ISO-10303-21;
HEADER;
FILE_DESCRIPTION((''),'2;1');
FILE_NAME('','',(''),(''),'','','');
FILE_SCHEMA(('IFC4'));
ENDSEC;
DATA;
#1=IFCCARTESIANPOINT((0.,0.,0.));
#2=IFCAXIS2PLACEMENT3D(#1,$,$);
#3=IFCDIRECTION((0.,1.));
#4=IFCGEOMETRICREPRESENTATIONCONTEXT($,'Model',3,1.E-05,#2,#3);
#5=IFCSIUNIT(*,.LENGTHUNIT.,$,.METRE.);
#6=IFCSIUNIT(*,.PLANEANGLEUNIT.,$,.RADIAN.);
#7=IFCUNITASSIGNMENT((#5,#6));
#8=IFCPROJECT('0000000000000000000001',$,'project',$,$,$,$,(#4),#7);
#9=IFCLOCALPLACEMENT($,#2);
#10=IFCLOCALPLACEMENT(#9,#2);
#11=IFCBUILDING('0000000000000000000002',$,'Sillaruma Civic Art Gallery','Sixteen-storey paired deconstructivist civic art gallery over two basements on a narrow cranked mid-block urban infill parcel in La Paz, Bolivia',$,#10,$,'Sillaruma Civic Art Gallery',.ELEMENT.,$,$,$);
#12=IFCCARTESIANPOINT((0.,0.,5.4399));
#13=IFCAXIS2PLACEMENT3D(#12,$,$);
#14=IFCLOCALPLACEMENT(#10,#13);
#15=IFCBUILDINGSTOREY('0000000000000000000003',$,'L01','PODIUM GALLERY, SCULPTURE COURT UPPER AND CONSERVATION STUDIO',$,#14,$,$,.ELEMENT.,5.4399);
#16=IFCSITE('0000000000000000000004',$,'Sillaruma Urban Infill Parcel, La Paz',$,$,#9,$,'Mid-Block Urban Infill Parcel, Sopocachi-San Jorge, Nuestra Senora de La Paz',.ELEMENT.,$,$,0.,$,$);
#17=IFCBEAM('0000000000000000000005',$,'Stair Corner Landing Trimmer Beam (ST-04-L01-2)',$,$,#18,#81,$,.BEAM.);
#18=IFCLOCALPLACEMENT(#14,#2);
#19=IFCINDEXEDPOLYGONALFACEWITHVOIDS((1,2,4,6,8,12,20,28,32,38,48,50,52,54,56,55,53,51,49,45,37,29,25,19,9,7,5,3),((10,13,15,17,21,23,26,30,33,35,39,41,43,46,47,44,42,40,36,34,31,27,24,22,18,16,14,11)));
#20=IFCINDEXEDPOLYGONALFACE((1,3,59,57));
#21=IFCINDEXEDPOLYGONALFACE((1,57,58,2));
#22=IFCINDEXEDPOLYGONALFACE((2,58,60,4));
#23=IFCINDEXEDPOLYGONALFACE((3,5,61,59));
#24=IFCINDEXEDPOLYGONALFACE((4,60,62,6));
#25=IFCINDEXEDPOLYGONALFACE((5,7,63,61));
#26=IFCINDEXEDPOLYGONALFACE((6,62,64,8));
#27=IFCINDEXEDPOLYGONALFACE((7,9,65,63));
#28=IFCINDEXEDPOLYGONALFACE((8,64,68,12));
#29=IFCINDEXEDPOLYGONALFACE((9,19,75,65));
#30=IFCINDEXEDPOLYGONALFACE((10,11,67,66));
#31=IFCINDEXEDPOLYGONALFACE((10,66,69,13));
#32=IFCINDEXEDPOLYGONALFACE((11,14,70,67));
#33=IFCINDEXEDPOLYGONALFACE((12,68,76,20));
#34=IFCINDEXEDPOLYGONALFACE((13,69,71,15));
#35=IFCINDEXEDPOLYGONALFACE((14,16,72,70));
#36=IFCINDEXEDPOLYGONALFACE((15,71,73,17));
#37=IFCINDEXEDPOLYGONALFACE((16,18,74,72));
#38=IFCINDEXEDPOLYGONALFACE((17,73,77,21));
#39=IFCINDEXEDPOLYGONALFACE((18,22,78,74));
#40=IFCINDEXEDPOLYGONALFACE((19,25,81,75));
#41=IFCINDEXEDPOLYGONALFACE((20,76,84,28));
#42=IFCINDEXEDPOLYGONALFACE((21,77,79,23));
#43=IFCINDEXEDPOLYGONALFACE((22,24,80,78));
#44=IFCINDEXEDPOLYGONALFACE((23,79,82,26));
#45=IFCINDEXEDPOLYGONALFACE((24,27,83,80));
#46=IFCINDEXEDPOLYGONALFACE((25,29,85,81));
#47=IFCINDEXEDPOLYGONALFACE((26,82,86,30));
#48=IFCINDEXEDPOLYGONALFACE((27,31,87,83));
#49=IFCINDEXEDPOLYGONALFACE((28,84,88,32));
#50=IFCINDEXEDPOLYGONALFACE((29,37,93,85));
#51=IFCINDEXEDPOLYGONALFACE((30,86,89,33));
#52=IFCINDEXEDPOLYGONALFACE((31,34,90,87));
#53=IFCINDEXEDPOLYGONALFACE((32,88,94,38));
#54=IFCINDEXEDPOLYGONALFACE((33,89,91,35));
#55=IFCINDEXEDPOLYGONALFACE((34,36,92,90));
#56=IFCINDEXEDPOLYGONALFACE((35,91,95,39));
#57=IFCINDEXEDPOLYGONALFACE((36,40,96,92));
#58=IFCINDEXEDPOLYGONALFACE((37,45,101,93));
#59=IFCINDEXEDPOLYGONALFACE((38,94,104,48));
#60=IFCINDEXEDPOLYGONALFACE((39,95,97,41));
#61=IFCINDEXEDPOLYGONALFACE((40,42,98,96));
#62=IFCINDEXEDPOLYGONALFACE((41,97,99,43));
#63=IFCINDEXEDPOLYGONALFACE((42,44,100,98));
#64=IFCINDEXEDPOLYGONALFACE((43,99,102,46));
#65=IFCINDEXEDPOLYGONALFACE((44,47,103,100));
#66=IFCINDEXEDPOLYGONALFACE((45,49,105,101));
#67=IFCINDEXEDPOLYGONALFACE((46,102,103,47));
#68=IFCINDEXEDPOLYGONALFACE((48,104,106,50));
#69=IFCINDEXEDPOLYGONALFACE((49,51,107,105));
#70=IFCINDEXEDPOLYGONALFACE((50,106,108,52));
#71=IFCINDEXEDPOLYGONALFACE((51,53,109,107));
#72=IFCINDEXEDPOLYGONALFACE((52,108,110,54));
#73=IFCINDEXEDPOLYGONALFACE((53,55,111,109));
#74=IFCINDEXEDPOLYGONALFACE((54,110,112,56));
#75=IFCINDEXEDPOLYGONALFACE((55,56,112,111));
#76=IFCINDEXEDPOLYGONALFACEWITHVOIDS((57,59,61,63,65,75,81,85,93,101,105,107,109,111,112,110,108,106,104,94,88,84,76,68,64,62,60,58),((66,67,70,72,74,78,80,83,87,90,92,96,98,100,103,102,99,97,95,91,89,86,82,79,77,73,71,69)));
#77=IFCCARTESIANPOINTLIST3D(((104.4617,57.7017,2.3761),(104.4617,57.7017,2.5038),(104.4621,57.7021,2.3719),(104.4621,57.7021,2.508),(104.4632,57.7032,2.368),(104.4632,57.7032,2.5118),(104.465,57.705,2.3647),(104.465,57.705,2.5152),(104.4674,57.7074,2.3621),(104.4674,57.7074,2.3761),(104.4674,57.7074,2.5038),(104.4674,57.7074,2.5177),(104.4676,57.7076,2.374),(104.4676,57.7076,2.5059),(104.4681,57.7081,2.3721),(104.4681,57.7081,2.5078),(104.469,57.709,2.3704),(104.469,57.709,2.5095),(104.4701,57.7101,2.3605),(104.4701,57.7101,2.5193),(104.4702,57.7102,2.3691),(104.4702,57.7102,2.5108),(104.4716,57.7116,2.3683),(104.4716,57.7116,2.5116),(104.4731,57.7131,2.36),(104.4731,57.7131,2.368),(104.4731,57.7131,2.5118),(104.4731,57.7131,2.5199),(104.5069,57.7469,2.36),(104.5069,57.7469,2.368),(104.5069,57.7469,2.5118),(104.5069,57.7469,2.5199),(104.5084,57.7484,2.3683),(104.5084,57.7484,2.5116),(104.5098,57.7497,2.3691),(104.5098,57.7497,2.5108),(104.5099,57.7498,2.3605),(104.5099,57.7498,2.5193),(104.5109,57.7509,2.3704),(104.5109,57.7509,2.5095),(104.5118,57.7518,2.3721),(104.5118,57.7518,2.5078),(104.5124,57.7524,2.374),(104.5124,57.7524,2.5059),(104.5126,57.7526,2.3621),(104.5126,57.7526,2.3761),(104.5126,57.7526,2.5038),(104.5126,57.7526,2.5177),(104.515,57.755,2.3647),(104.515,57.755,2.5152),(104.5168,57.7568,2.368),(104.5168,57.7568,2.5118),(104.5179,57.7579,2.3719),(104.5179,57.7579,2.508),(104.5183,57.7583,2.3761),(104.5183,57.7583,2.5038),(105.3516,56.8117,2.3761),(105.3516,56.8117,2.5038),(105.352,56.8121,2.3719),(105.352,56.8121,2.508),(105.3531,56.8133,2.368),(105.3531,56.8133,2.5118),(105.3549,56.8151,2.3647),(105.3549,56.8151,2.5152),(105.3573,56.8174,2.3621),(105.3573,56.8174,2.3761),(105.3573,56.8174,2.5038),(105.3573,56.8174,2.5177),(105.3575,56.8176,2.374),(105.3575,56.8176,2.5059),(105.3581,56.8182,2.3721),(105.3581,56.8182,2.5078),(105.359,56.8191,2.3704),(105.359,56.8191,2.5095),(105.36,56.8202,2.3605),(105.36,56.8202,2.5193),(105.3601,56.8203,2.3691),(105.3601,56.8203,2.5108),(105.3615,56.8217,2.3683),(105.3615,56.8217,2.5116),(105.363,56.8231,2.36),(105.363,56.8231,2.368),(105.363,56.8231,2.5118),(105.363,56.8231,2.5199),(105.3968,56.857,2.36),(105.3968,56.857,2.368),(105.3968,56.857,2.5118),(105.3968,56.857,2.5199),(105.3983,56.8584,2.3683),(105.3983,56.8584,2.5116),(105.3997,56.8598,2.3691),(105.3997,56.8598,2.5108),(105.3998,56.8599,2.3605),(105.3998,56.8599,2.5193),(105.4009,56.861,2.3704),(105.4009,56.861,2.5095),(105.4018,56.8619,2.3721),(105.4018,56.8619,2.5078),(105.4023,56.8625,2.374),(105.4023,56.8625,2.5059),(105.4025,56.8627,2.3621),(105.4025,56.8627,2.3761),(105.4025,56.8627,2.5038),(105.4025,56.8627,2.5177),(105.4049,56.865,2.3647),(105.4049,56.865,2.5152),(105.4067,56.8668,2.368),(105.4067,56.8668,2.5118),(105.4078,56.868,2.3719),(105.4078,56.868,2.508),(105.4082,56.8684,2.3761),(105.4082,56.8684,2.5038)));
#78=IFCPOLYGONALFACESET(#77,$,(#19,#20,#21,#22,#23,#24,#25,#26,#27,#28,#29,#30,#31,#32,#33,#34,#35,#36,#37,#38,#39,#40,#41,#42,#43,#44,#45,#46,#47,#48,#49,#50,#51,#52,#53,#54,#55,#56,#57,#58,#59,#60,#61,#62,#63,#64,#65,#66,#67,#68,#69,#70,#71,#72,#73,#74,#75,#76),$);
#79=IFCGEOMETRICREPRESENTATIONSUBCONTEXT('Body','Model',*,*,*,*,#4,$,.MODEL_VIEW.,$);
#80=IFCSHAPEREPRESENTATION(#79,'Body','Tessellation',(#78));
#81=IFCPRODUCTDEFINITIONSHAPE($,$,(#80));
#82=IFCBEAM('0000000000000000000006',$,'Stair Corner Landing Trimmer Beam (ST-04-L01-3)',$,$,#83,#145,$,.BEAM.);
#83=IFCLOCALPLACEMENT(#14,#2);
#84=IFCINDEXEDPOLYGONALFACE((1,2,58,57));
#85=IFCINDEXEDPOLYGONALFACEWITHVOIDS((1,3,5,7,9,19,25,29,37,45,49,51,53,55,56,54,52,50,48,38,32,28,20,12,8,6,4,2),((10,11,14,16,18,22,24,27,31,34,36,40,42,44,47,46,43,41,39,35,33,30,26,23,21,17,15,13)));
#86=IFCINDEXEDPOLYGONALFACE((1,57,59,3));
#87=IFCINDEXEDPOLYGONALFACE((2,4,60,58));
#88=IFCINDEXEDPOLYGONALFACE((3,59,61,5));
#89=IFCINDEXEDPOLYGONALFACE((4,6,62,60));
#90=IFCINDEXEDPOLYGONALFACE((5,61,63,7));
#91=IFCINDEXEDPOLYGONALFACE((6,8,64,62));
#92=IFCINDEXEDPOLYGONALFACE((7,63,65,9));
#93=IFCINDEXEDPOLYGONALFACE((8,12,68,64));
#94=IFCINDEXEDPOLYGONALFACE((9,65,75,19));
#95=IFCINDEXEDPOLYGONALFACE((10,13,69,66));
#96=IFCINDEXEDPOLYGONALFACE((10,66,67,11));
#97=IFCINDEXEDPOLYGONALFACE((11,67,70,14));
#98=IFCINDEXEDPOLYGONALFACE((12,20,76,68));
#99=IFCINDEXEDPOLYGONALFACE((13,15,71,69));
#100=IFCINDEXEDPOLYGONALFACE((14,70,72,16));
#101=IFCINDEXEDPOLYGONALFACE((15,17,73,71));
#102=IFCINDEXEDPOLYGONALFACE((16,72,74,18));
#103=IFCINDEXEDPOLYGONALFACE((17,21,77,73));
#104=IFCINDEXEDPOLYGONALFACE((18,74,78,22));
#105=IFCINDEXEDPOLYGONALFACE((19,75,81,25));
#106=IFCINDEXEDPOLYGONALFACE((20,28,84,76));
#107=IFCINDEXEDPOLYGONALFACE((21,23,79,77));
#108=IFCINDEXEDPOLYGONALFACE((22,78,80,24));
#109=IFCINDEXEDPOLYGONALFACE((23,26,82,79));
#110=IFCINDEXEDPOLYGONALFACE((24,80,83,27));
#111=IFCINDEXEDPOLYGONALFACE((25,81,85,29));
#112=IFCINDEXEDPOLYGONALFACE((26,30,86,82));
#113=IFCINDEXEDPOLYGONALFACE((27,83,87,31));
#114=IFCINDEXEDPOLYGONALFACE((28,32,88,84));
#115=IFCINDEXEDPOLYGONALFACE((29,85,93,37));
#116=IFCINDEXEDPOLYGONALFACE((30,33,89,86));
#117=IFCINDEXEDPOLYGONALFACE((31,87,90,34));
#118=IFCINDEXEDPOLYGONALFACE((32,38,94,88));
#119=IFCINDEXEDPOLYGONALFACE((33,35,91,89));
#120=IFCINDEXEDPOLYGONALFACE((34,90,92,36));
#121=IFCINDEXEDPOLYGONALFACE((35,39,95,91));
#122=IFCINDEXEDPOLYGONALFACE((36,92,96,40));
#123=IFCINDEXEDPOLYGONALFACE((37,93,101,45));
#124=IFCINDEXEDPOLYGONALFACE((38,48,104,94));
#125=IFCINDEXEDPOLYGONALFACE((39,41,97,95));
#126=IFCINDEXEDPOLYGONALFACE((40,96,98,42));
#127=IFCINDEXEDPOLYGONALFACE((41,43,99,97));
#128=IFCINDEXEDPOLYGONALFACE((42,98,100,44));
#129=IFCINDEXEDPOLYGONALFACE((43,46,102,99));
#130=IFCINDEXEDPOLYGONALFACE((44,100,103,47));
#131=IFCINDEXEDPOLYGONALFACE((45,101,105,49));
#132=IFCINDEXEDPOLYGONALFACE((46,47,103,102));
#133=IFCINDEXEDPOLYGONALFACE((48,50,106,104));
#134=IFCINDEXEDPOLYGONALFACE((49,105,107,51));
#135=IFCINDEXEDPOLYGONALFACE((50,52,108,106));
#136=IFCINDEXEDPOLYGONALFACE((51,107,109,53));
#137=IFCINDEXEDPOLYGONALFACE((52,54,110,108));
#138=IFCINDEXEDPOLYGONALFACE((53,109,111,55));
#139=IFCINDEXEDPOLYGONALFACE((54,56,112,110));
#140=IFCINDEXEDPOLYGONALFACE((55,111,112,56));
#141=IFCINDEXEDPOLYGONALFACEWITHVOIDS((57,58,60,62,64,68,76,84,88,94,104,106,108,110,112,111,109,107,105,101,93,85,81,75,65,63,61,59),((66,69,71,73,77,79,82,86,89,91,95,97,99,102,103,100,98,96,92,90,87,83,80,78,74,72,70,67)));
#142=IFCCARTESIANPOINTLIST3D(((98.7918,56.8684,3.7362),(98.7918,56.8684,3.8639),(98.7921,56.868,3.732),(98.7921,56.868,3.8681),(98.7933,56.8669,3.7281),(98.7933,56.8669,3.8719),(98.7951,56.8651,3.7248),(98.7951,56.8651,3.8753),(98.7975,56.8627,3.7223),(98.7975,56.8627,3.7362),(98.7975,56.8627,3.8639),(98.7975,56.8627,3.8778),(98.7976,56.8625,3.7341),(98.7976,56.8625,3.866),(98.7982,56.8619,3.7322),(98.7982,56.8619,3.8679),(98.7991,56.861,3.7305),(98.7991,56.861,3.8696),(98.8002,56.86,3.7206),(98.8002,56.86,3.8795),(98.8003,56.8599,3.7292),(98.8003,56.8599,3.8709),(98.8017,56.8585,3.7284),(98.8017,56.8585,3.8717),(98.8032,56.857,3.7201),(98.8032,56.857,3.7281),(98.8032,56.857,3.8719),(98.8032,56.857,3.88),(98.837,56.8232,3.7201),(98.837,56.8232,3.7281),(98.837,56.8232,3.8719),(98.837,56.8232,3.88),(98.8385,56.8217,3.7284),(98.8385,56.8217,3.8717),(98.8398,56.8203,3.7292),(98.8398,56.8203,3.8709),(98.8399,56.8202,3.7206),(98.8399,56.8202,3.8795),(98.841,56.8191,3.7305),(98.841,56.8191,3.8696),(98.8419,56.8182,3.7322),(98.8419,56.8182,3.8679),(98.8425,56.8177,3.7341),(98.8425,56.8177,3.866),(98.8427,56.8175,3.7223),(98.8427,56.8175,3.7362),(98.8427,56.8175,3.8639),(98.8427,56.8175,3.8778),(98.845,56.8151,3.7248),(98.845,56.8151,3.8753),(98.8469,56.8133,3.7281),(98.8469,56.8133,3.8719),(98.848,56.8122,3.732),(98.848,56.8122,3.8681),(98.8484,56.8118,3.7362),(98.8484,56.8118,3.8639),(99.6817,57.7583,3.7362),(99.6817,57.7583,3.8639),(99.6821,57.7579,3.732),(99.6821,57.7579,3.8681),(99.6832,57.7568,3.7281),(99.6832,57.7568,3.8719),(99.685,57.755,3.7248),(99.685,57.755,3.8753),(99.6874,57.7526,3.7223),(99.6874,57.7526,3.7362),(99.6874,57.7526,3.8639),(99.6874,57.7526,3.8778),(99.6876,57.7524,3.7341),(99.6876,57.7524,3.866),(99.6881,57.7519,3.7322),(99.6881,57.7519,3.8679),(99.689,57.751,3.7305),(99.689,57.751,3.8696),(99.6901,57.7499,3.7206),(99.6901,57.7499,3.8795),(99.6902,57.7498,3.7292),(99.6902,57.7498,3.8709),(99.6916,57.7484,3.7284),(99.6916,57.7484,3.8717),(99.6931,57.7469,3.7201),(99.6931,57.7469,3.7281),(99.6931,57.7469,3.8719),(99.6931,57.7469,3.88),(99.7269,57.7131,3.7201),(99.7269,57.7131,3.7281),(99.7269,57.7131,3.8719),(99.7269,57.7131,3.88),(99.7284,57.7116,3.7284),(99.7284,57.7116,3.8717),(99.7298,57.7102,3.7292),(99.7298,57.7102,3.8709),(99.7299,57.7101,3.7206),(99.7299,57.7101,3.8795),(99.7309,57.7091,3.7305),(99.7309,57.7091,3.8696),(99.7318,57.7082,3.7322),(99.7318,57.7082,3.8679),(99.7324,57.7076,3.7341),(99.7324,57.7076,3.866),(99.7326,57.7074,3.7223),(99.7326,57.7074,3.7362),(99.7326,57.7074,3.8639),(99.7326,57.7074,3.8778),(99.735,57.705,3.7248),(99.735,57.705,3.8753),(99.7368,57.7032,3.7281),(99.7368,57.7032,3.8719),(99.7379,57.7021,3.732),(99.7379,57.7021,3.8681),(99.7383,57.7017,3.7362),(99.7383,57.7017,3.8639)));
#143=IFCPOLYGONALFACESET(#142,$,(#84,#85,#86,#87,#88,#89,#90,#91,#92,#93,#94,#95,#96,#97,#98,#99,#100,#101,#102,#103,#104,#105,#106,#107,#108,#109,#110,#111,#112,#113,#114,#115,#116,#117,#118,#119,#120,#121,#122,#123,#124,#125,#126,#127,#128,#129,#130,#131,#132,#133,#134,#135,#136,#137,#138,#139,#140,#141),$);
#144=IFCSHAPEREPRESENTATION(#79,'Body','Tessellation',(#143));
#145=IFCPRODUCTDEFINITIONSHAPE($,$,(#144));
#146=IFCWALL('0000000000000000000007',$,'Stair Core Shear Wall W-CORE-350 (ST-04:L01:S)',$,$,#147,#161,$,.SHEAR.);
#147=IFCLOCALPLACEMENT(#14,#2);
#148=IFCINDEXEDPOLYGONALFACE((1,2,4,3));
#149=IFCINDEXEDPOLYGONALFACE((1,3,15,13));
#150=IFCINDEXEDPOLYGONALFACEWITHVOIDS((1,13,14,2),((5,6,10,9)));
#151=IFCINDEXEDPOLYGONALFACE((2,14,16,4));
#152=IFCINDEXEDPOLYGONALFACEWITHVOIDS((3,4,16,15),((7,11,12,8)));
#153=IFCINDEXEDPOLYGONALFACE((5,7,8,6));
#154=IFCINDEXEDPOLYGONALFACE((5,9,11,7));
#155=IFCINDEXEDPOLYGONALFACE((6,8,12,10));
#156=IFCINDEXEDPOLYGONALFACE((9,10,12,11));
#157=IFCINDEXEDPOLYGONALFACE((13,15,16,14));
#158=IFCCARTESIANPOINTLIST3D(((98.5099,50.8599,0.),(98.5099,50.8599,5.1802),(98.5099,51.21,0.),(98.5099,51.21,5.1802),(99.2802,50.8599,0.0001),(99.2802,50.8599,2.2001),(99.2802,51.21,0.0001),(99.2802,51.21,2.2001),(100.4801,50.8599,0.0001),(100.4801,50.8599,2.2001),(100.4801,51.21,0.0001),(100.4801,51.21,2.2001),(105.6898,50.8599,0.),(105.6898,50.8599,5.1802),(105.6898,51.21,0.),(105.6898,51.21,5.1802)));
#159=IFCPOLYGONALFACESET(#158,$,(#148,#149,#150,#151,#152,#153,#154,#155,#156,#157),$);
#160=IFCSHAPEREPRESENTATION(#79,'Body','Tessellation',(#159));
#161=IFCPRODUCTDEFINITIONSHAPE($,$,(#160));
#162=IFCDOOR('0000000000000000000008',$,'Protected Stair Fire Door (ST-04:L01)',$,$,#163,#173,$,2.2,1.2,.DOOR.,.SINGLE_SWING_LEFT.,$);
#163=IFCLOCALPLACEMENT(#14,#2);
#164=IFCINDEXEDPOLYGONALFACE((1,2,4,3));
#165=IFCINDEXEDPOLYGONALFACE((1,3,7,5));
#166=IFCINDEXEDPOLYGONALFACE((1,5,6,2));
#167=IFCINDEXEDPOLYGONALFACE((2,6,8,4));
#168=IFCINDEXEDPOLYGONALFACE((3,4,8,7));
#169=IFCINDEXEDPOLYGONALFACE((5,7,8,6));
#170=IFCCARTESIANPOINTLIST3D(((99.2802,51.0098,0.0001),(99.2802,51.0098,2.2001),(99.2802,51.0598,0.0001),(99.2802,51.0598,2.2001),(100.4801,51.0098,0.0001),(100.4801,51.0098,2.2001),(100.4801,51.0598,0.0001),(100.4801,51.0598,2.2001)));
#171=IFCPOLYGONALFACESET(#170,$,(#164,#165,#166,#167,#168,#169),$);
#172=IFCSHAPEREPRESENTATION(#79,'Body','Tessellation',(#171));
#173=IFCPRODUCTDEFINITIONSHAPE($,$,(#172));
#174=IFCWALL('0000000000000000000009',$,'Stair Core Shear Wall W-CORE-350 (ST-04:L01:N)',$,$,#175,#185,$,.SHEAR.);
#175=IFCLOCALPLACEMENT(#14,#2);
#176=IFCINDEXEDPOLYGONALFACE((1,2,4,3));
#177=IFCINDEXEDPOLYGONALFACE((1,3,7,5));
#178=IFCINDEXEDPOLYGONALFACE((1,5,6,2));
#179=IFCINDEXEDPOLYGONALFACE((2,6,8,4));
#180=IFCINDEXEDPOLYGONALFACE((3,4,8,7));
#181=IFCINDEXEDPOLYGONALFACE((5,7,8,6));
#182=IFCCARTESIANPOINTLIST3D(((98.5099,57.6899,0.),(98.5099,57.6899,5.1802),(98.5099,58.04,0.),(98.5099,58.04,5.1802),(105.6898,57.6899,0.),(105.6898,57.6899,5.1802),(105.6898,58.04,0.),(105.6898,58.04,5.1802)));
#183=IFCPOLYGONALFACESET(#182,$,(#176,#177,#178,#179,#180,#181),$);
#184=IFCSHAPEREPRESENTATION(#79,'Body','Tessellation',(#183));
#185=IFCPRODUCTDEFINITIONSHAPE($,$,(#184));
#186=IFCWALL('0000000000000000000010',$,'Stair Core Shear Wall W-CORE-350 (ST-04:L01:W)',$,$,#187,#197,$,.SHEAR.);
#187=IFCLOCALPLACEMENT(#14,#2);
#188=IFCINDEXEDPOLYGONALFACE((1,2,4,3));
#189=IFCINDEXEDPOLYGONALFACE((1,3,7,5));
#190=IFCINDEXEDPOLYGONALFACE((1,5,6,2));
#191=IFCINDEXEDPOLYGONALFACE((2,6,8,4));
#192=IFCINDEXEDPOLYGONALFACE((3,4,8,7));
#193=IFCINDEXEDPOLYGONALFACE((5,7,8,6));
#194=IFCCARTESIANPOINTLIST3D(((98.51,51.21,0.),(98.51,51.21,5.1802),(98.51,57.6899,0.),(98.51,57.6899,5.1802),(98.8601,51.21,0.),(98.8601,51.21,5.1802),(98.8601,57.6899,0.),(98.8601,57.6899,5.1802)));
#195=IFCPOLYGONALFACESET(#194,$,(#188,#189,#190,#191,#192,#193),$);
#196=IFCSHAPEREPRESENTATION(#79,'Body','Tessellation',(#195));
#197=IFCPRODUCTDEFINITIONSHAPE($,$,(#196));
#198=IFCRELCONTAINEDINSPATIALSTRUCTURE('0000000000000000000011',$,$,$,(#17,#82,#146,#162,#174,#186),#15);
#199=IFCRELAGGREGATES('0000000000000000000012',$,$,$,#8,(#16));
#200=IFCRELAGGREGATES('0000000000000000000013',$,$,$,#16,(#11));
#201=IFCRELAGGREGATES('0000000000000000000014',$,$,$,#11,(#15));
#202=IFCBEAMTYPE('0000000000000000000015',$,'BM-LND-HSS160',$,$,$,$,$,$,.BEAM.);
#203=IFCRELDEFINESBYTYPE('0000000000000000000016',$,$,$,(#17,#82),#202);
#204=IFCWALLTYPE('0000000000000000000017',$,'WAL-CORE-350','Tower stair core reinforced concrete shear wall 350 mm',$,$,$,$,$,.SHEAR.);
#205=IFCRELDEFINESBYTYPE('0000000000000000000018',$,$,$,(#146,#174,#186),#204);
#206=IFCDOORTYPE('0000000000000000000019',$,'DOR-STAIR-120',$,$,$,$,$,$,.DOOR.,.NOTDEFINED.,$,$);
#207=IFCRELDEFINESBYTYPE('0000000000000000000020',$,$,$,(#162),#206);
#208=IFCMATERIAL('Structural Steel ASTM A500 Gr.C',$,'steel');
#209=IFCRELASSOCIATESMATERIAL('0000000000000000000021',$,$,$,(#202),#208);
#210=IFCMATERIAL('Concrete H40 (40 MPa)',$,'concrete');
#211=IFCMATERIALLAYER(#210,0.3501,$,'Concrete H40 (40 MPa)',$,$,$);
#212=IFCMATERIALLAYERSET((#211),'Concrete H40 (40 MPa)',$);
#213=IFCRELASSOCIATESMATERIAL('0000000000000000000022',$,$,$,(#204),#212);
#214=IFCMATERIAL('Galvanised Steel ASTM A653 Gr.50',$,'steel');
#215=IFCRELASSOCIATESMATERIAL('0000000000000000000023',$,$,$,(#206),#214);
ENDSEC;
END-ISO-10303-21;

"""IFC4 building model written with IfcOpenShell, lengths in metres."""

from ifc_helpers import new_model, si_unit, direction, frame, frame_2d, origin, origin_2d, place, context, subcontext, project, spatial, rectangle, hollow_rectangle, extrude, material, layer, layer_set, material_profile, profile_set, type_object, element, fill, save


model = new_model("IFC4")

# Units and contexts
model_context = context("Model", 3, precision=1e-05, world=origin(), true_north=direction((0.0, 1.0)))
body_context = subcontext(model_context, "Body", "Model", "MODEL_VIEW")
ifc_project = project(units=[si_unit("LENGTHUNIT", "METRE"), si_unit("PLANEANGLEUNIT", "RADIAN")], contexts=[model_context])

# Site, building, storey
site_placement = place(None, origin())
site = spatial("IfcSite", under=ifc_project, at=site_placement, Name="Sillaruma Urban Infill Parcel, La Paz", LongName="Mid-Block Urban Infill Parcel, Sopocachi-San Jorge, Nuestra Senora de La Paz", CompositionType="ELEMENT", RefElevation=0.0)
building_placement = place(site_placement, origin())
building = spatial("IfcBuilding", under=site, at=building_placement, Name="Sillaruma Civic Art Gallery", Description="Sixteen-storey paired deconstructivist civic art gallery over two basements on a narrow cranked mid-block urban infill parcel in La Paz, Bolivia", LongName="Sillaruma Civic Art Gallery", CompositionType="ELEMENT")
storey_placement = place(building_placement, frame((0.0, 0.0, 5.4399)))
storey = spatial("IfcBuildingStorey", under=building, at=storey_placement, Name="L01", Description="PODIUM GALLERY, SCULPTURE COURT UPPER AND CONSERVATION STUDIO", CompositionType="ELEMENT", Elevation=5.4399)

# Shared definitions
ifc_material_1 = material(Name="Concrete H40 (40 MPa)", Category="concrete")

# Beams
ifc_material_2 = material(Name="Structural Steel ASTM A500 Gr.C", Category="steel")
ifc_material_profile_1 = material_profile(ifc_material_2, hollow_rectangle(XDim=0.0801, YDim=0.1599, WallThickness=0.0081, InnerFilletRadius=0.0081, OuterFilletRadius=0.0161, at=origin_2d()), Name="HSS160x80x8")
ifc_profile_set_1 = profile_set([ifc_material_profile_1], Name="Structural Steel ASTM A500 Gr.C")
beam_type_1 = type_object("IfcBeamType", Name="BM-LND-HSS160", PredefinedType="BEAM", material=ifc_profile_set_1)
for number, where, z_axis, x_axis, name in (
    (1, (104.49, 57.73, 2.4399), (0.707107, -0.707107, 0.0), (0.707107, 0.707107, 0.0), "Stair Corner Landing Trimmer Beam (ST-04-L01-2)"),
    (2, (98.8201, 56.8401, 3.8), (0.707107, 0.707107, 0.0), (-0.707107, 0.707107, 0.0), "Stair Corner Landing Trimmer Beam (ST-04-L01-3)"),
):
    element("IfcBeam", number, at=place(storey_placement, frame(where, z_axis=z_axis, x_axis=x_axis)), inside=storey, type_object=beam_type_1, Name=name, PredefinedType="BEAM", context=body_context, shape_type="SweptSolid", body=[
        extrude(hollow_rectangle(XDim=0.0801, YDim=0.1599, WallThickness=0.0081, InnerFilletRadius=0.0081, OuterFilletRadius=0.0161, at=origin_2d()), origin(), (0.0, 0.0, 1.0), 1.2585),
    ])

# Wall, opening, door
ifc_layer_1 = layer(ifc_material_1, 0.3501, Name="Concrete H40 (40 MPa)")
ifc_layer_set_1 = layer_set([ifc_layer_1], Name="Concrete H40 (40 MPa)")
wall_type_1 = type_object("IfcWallType", Name="WAL-CORE-350", Description="Tower stair core reinforced concrete shear wall 350 mm", PredefinedType="SHEAR", material=ifc_layer_set_1)
wall_1_placement = place(storey_placement, frame((98.51, 51.0349, 0.0), z_axis=(0.0, 0.0, 1.0), x_axis=(1.0, 0.0, 0.0)))
wall_1 = element("IfcWall", 3, at=wall_1_placement, inside=storey, type_object=wall_type_1, Name="Stair Core Shear Wall W-CORE-350 (ST-04:L01:S)", PredefinedType="SHEAR", context=body_context, shape_type="SweptSolid", body=[
    extrude(rectangle(XDim=7.1799, YDim=0.3501, at=frame_2d((3.5898, 0.0))), origin(), (0.0, 0.0, 1.0), 5.1802),
])
opening_1_placement = place(wall_1_placement, frame((0.77, 0.0, 0.0)))
opening_1 = element("IfcOpeningElement", 4, at=opening_1_placement, cuts=wall_1, PredefinedType="OPENING", context=body_context, shape_type="SweptSolid", body=[
    extrude(rectangle(XDim=1.2, YDim=2.2, at=frame_2d((0.6001, 1.1001))), frame((0.0, 0.1851, 0.0), z_axis=(0.0, -1.0, 0.0), x_axis=(1.0, 0.0, 0.0)), (0.0, 0.0, 1.0), 0.3701),
])
ifc_material_3 = material(Name="Galvanised Steel ASTM A653 Gr.50", Category="steel")
door_type_1 = type_object("IfcDoorType", Name="DOR-STAIR-120", OperationType="NOTDEFINED", PredefinedType="DOOR", material=ifc_material_3)
door_1_placement = place(opening_1_placement, origin())
door_1 = element("IfcDoor", 5, at=door_1_placement, inside=storey, type_object=door_type_1, Name="Protected Stair Fire Door (ST-04:L01)", OperationType="SINGLE_SWING_LEFT", OverallHeight=2.2, OverallWidth=1.2, PredefinedType="DOOR", context=body_context, shape_type="SweptSolid", body=[
    extrude(rectangle(XDim=1.2, YDim=2.2, at=frame_2d((0.6001, 1.1001))), frame((0.0, 0.0249, 0.0), z_axis=(0.0, -1.0, 0.0), x_axis=(1.0, 0.0, 0.0)), (0.0, 0.0, 1.0), 0.05),
])
fill(opening_1, door_1)

# Walls
wall_2_placement = place(storey_placement, frame((98.51, 57.865, 0.0), z_axis=(0.0, 0.0, 1.0), x_axis=(1.0, 0.0, 0.0)))
element("IfcWall", 6, at=wall_2_placement, inside=storey, type_object=wall_type_1, Name="Stair Core Shear Wall W-CORE-350 (ST-04:L01:N)", PredefinedType="SHEAR", context=body_context, shape_type="SweptSolid", body=[
    extrude(rectangle(XDim=7.1799, YDim=0.3501, at=frame_2d((3.5898, 0.0))), origin(), (0.0, 0.0, 1.0), 5.1802),
])
for number, where, z_axis, x_axis, name in (
    (7, (98.6851, 51.21, 0.0), (0.0, 0.0, 1.0), (0.0, 1.0, 0.0), "Stair Core Shear Wall W-CORE-350 (ST-04:L01:W)"),
):
    element("IfcWall", number, at=place(storey_placement, frame(where, z_axis=z_axis, x_axis=x_axis)), inside=storey, type_object=wall_type_1, Name=name, PredefinedType="SHEAR", context=body_context, shape_type="SweptSolid", body=[
        extrude(rectangle(XDim=6.48, YDim=0.3501, at=frame_2d((3.24, 0.0))), origin(), (0.0, 0.0, 1.0), 5.1802),
    ])

save(model, "model.ifc")
